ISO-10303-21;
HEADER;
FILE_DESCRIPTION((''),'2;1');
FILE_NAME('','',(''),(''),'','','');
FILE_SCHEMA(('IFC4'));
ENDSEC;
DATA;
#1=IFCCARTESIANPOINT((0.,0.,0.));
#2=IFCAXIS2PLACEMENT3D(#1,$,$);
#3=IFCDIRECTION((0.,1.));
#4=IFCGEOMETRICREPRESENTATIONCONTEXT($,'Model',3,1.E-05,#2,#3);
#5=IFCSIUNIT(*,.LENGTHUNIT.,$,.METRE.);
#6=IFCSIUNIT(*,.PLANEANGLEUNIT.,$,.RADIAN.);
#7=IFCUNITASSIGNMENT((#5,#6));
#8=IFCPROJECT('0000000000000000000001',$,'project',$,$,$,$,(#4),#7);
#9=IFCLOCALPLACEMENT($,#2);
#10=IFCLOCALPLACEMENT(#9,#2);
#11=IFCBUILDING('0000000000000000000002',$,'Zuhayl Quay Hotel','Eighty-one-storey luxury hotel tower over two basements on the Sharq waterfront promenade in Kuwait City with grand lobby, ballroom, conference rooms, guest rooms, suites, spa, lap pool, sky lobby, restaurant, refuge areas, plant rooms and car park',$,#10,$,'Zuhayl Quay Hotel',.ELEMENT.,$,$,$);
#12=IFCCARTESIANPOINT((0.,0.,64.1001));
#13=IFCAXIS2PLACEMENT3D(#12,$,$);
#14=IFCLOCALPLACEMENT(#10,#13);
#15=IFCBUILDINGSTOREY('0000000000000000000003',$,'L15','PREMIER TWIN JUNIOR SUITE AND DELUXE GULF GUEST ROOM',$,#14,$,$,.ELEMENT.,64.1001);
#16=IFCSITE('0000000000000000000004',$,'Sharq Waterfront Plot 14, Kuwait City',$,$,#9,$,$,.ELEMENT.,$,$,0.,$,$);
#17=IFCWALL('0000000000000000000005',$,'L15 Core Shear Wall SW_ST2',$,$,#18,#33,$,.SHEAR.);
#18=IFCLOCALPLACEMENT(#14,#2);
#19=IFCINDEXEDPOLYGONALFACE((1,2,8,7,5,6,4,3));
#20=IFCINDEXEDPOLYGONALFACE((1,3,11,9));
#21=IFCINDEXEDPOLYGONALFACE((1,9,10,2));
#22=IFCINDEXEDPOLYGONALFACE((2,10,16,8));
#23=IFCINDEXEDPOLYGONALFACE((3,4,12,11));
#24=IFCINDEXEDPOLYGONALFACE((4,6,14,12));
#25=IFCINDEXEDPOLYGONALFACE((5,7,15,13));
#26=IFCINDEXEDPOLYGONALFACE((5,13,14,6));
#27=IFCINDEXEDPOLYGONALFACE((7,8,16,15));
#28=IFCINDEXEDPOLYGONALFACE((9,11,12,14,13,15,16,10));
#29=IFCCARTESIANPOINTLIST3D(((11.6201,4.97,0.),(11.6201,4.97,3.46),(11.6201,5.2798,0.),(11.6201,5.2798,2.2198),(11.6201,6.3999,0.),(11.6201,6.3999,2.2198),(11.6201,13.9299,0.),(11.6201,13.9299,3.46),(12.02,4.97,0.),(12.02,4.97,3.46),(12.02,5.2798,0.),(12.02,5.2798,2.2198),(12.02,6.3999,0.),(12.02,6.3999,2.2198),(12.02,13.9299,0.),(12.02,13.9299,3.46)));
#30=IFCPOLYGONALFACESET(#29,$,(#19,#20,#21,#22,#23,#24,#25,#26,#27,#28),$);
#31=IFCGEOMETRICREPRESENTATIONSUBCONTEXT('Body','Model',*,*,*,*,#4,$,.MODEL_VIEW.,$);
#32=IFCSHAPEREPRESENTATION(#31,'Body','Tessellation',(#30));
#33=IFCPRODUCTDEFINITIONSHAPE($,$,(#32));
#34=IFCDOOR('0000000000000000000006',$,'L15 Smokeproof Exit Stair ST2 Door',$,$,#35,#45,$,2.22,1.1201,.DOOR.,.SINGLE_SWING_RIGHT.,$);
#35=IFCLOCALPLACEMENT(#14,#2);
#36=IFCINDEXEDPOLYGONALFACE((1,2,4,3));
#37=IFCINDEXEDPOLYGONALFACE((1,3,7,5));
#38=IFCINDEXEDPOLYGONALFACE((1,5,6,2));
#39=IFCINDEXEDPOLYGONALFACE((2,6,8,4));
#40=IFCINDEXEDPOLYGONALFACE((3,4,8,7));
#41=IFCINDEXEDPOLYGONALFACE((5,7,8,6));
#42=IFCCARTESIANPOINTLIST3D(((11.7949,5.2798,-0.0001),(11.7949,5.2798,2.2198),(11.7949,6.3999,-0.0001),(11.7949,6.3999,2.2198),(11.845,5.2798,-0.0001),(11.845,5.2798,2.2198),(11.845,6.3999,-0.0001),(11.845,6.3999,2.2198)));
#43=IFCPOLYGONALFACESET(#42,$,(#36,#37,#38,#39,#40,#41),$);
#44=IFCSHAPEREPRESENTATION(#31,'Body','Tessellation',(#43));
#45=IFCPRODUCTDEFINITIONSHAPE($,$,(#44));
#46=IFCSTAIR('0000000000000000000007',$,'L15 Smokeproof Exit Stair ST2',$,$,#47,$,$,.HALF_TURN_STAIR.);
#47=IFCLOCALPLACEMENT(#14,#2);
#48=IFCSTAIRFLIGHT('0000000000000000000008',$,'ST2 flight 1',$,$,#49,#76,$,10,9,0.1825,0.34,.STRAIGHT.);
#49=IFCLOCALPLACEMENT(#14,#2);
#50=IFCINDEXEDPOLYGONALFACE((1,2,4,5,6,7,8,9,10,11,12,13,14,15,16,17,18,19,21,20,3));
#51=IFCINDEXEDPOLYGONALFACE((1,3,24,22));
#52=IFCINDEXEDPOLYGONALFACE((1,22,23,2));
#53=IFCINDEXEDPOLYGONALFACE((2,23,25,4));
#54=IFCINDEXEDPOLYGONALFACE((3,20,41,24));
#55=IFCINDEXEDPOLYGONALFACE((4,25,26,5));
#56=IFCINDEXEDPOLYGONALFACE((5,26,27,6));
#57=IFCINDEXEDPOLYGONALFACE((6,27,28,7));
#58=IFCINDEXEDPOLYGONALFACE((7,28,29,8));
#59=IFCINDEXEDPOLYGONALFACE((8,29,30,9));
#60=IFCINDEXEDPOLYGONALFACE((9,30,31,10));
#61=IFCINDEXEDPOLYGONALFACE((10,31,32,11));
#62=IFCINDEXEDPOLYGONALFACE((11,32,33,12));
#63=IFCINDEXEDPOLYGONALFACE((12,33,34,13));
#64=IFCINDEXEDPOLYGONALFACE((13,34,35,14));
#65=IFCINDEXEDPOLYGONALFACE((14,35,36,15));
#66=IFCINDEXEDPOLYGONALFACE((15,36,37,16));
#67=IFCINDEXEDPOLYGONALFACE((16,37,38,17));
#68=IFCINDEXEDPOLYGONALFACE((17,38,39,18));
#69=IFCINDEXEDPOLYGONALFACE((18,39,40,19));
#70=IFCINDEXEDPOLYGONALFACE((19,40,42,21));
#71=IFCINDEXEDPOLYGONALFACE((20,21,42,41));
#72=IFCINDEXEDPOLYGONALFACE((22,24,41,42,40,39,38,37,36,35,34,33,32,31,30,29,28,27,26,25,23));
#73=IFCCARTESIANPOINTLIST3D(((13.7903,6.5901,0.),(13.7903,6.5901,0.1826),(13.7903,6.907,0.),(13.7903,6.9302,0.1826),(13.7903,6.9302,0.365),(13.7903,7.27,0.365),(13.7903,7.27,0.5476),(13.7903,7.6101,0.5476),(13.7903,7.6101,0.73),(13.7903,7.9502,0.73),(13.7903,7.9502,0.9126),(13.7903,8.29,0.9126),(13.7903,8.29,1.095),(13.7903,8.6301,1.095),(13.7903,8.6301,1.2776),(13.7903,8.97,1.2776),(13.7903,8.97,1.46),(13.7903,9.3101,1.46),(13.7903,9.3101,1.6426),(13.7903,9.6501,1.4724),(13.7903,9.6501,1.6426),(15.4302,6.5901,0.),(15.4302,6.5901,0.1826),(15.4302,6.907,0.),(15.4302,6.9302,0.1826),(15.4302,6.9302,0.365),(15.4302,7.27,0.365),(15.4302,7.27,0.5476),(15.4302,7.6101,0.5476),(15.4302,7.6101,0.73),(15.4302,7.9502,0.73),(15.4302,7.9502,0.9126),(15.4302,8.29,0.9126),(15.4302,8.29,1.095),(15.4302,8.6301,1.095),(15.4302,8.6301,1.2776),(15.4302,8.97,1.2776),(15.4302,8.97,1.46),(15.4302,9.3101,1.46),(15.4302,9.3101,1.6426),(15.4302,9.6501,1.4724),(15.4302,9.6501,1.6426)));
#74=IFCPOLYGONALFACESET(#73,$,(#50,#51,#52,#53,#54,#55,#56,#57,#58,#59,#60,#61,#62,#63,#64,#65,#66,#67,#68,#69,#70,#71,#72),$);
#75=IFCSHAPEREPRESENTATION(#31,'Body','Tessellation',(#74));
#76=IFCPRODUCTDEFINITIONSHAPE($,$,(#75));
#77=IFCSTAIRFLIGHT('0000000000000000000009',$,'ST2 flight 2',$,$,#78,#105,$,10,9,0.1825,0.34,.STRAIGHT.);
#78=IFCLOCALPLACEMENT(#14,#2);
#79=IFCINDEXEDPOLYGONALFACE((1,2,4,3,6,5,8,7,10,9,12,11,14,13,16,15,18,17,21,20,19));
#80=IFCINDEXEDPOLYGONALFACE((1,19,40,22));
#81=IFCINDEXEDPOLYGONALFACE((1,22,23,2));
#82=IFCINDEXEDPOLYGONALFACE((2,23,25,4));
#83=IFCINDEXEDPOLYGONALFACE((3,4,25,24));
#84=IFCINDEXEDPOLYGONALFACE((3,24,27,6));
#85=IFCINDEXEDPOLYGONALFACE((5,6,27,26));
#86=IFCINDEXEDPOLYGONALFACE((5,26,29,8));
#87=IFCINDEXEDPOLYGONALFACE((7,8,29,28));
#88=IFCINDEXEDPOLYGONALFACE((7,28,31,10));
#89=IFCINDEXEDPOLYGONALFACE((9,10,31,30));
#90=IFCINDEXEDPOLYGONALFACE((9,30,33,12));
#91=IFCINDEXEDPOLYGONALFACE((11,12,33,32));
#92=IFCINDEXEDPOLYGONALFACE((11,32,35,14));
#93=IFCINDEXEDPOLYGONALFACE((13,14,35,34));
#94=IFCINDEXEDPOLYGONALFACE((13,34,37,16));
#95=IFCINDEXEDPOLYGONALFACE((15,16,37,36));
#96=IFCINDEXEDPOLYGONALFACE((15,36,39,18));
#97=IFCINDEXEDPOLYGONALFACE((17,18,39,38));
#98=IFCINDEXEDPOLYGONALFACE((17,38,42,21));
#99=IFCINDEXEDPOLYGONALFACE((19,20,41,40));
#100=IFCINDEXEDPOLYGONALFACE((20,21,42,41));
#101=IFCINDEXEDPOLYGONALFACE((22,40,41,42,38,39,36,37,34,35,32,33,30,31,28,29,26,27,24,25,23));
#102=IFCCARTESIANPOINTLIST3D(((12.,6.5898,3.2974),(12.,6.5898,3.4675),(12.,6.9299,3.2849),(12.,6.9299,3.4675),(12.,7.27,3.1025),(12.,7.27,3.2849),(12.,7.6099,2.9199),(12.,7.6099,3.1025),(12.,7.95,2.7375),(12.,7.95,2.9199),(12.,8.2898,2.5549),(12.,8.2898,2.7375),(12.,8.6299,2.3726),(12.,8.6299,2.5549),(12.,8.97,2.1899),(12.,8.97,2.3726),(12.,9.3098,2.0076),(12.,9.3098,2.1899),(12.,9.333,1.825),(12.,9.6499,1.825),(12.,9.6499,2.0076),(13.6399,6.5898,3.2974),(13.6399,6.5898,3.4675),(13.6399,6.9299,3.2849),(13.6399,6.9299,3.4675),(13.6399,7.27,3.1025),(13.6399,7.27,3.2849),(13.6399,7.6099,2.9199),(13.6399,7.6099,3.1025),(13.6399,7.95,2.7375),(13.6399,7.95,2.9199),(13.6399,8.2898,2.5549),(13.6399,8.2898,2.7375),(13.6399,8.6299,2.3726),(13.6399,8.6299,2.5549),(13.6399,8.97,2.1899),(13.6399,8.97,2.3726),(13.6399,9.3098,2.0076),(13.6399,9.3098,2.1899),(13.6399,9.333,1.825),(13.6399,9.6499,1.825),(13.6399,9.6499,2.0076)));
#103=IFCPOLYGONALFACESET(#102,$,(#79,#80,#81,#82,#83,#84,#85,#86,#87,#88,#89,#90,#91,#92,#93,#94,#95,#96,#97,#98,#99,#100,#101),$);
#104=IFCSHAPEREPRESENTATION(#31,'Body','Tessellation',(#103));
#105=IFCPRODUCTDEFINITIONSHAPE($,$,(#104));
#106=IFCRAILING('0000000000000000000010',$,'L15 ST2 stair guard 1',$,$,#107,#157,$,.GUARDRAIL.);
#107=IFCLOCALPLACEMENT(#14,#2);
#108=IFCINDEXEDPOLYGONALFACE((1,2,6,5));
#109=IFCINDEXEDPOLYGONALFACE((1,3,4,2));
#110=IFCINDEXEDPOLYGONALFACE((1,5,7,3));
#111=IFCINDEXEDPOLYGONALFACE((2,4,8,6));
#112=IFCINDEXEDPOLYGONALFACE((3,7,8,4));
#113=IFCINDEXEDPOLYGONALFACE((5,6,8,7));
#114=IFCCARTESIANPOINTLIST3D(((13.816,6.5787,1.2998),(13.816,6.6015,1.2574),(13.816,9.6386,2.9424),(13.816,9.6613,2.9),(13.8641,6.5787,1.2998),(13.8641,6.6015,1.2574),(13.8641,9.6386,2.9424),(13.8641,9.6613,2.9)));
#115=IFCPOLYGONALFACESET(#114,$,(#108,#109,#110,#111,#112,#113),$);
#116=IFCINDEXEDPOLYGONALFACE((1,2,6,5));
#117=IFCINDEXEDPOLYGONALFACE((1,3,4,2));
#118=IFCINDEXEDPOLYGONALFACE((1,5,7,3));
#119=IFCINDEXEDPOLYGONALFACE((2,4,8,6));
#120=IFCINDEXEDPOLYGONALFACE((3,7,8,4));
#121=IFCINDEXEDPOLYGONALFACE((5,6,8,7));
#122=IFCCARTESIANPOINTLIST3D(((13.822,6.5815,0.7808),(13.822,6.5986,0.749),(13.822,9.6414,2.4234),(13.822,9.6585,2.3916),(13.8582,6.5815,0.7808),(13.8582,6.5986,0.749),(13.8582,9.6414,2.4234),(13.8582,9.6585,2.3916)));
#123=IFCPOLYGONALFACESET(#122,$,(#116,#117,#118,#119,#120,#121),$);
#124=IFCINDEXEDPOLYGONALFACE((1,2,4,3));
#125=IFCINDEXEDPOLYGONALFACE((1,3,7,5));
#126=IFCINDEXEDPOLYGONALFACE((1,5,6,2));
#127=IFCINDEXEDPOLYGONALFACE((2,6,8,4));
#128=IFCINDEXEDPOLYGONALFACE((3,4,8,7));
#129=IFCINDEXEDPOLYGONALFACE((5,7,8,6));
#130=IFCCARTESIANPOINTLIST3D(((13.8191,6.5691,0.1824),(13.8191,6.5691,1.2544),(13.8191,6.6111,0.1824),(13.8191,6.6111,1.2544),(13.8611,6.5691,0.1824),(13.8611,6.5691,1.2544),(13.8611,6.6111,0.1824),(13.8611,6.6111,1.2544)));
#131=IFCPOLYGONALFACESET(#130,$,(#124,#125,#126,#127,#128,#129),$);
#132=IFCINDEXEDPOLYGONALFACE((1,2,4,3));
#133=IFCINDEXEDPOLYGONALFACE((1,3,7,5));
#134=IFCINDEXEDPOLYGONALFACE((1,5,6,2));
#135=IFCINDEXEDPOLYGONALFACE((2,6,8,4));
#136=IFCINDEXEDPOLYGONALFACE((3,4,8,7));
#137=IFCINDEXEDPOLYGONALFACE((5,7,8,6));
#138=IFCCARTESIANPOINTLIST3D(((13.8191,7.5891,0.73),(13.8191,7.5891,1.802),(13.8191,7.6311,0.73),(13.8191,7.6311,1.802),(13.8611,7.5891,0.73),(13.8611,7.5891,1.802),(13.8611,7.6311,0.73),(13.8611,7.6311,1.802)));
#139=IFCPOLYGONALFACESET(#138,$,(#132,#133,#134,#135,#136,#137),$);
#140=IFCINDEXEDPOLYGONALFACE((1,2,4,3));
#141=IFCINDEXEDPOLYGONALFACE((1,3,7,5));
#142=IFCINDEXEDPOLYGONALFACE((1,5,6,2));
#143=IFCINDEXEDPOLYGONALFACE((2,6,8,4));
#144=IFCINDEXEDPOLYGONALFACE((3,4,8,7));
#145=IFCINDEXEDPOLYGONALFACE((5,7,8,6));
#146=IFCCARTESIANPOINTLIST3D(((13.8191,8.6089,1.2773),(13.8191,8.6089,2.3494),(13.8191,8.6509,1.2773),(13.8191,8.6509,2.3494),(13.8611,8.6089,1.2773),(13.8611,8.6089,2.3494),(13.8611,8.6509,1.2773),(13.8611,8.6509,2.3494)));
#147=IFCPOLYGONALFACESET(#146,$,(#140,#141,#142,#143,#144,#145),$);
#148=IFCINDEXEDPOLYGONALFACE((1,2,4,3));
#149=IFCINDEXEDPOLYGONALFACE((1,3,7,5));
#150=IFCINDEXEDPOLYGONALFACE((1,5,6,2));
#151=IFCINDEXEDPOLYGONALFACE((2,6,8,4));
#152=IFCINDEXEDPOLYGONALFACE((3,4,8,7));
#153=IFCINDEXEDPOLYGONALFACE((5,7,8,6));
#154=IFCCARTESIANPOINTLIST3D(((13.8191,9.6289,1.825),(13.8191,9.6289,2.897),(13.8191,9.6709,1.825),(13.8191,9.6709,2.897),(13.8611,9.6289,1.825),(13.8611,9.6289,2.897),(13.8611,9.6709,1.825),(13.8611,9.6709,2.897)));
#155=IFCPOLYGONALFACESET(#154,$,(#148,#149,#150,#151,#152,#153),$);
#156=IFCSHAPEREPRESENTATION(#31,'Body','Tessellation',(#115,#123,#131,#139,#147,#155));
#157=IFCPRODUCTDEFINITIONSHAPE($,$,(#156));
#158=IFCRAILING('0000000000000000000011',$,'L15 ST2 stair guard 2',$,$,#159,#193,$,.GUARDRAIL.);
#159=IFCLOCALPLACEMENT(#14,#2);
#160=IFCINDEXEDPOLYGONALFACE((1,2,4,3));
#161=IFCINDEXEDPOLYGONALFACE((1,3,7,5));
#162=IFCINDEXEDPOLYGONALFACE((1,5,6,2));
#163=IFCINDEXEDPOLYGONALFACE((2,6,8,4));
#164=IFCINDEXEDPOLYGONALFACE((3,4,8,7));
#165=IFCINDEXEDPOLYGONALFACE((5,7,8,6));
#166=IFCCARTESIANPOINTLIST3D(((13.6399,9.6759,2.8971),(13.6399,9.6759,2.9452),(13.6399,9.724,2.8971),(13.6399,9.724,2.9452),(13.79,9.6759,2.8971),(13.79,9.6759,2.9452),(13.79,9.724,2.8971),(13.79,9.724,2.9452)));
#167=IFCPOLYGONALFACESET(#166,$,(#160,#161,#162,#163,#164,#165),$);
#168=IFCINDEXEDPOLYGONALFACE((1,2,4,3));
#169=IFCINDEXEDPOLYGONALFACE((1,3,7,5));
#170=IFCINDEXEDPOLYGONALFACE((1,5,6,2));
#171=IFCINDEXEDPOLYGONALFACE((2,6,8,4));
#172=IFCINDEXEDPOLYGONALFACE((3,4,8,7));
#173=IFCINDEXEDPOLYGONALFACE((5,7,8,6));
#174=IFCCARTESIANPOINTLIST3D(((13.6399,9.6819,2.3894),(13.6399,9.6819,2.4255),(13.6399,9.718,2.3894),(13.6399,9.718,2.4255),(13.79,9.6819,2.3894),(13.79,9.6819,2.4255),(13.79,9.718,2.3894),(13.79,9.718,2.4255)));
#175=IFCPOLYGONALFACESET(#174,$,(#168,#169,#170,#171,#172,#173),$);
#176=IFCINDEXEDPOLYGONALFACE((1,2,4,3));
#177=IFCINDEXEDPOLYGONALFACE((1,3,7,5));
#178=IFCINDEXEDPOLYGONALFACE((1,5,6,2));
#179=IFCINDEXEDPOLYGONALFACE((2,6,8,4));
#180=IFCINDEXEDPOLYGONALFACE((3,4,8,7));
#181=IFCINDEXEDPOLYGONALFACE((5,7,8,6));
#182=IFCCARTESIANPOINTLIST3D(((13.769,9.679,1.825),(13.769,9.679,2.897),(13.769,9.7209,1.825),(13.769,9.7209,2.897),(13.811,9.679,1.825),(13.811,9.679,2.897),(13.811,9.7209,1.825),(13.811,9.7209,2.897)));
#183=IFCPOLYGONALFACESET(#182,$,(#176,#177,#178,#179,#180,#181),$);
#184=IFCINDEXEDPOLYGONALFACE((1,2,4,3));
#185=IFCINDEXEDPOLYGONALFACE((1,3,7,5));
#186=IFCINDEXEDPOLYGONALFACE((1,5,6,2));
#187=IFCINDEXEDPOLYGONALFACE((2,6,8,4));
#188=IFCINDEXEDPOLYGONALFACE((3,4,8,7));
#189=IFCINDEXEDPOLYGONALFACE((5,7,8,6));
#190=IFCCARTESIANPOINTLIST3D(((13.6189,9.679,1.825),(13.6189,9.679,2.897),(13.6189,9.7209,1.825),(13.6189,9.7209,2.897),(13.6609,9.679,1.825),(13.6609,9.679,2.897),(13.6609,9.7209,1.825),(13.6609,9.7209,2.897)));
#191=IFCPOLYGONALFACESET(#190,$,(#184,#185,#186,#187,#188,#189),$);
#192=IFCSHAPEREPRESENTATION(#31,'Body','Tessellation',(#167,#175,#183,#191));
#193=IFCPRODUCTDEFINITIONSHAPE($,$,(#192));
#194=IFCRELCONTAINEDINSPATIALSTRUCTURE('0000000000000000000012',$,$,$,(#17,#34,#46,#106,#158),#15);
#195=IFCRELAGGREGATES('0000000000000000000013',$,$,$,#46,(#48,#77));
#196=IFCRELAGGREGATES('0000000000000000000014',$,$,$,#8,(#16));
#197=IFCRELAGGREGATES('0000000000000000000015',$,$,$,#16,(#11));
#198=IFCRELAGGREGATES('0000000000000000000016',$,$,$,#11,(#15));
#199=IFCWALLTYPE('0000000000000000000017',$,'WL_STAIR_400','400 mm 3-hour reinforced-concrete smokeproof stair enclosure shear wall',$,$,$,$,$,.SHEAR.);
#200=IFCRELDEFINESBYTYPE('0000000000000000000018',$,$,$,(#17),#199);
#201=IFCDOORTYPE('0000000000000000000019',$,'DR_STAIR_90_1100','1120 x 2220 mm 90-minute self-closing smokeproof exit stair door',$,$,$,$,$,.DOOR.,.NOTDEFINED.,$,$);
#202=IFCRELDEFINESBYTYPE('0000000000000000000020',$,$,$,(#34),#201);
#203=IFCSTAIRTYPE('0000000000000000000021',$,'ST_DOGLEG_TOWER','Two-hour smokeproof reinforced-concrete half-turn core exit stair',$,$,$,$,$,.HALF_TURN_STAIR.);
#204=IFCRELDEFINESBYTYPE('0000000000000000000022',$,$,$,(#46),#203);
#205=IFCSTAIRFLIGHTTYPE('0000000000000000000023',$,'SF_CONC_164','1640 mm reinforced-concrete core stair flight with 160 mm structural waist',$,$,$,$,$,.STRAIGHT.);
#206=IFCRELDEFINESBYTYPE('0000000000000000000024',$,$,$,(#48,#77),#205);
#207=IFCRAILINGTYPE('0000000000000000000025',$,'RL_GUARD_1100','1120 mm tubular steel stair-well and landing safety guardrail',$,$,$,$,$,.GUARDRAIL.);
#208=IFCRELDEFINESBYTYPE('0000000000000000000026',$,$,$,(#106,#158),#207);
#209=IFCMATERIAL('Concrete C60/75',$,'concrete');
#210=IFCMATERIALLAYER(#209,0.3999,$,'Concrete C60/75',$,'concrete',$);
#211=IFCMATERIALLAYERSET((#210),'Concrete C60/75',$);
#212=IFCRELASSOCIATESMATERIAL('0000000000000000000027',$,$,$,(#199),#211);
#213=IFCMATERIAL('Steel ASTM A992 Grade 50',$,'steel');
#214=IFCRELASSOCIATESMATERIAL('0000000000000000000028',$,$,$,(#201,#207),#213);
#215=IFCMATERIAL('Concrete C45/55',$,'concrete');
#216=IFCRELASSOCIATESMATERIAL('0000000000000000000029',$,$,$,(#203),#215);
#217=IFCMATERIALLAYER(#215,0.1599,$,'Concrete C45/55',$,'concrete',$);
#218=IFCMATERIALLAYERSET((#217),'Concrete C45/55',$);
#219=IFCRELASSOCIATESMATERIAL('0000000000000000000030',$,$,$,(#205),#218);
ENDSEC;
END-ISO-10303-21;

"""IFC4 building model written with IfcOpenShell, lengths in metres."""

from ifc_helpers import new_model, si_unit, direction, frame, frame_2d, origin, origin_2d, place, context, subcontext, project, spatial, polyline, rectangle, outline, extrude, material, layer, layer_set, type_object, element, fill, aggregate, save


model = new_model("IFC4")

# Units and contexts
model_context = context("Model", 3, precision=1e-05, world=origin(), true_north=direction((0.0, 1.0)))
body_context = subcontext(model_context, "Body", "Model", "MODEL_VIEW")
ifc_project = project(units=[si_unit("LENGTHUNIT", "METRE"), si_unit("PLANEANGLEUNIT", "RADIAN")], contexts=[model_context])

# Site, building, storey
site_placement = place(None, origin())
site = spatial("IfcSite", under=ifc_project, at=site_placement, Name="Sharq Waterfront Plot 14, Kuwait City", CompositionType="ELEMENT", RefElevation=0.0)
building_placement = place(site_placement, origin())
building = spatial("IfcBuilding", under=site, at=building_placement, Name="Zuhayl Quay Hotel", Description="Eighty-one-storey luxury hotel tower over two basements on the Sharq waterfront promenade in Kuwait City with grand lobby, ballroom, conference rooms, guest rooms, suites, spa, lap pool, sky lobby, restaurant, refuge areas, plant rooms and car park", LongName="Zuhayl Quay Hotel", CompositionType="ELEMENT")
storey_placement = place(building_placement, frame((0.0, 0.0, 64.1001)))
storey = spatial("IfcBuildingStorey", under=building, at=storey_placement, Name="L15", Description="PREMIER TWIN JUNIOR SUITE AND DELUXE GULF GUEST ROOM", CompositionType="ELEMENT", Elevation=64.1001)

# Shared definitions
ifc_material_1 = material(Name="Steel ASTM A992 Grade 50", Category="steel")

# Wall, opening, door
ifc_material_2 = material(Name="Concrete C60/75", Category="concrete")
ifc_layer_1 = layer(ifc_material_2, 0.3999, Name="Concrete C60/75", Category="concrete")
ifc_layer_set_1 = layer_set([ifc_layer_1], Name="Concrete C60/75")
wall_type_1 = type_object("IfcWallType", Name="WL_STAIR_400", Description="400 mm 3-hour reinforced-concrete smokeproof stair enclosure shear wall", PredefinedType="SHEAR", material=ifc_layer_set_1)
wall_1_placement = place(storey_placement, frame((11.8201, 13.9299, 0.0), z_axis=(0.0, 0.0, 1.0), x_axis=(0.0, -1.0, 0.0)))
wall_1 = element("IfcWall", 1, at=wall_1_placement, inside=storey, type_object=wall_type_1, Name="L15 Core Shear Wall SW_ST2", PredefinedType="SHEAR", context=body_context, shape_type="SweptSolid", body=[
    extrude(rectangle(XDim=8.96, YDim=0.3999, at=frame_2d((4.48, 0.0))), origin(), (0.0, 0.0, 1.0), 3.46),
])
opening_1_placement = place(wall_1_placement, frame((7.53, 0.0, 0.0)))
opening_1 = element("IfcOpeningElement", 2, at=opening_1_placement, cuts=wall_1, PredefinedType="OPENING", context=body_context, shape_type="SweptSolid", body=[
    extrude(rectangle(XDim=1.1201, YDim=2.22, at=frame_2d((0.5601, 1.1099))), frame((0.0, 0.21, 0.0), z_axis=(0.0, -1.0, 0.0), x_axis=(1.0, 0.0, 0.0)), (0.0, 0.0, 1.0), 0.4199),
])
door_type_1 = type_object("IfcDoorType", Name="DR_STAIR_90_1100", Description="1120 x 2220 mm 90-minute self-closing smokeproof exit stair door", OperationType="NOTDEFINED", PredefinedType="DOOR", material=ifc_material_1)
door_1_placement = place(opening_1_placement, origin())
door_1 = element("IfcDoor", 3, at=door_1_placement, inside=storey, type_object=door_type_1, Name="L15 Smokeproof Exit Stair ST2 Door", OperationType="SINGLE_SWING_RIGHT", OverallHeight=2.22, OverallWidth=1.1201, PredefinedType="DOOR", context=body_context, shape_type="SweptSolid", body=[
    extrude(rectangle(XDim=1.1201, YDim=2.22, at=frame_2d((0.5601, 1.1099))), frame((0.0, 0.0249, 0.0), z_axis=(0.0, -1.0, 0.0), x_axis=(1.0, 0.0, 0.0)), (0.0, 0.0, 1.0), 0.05),
])
fill(opening_1, door_1)

# Stair, stair flights
ifc_material_3 = material(Name="Concrete C45/55", Category="concrete")
stair_type = type_object("IfcStairType", Name="ST_DOGLEG_TOWER", Description="Two-hour smokeproof reinforced-concrete half-turn core exit stair", PredefinedType="HALF_TURN_STAIR", material=ifc_material_3)
stair_placement = place(storey_placement, origin())
stair = element("IfcStair", 4, at=stair_placement, inside=storey, type_object=stair_type, Name="L15 Smokeproof Exit Stair ST2", PredefinedType="HALF_TURN_STAIR")
ifc_layer_2 = layer(ifc_material_3, 0.1599, Name="Concrete C45/55", Category="concrete")
ifc_layer_set_2 = layer_set([ifc_layer_2], Name="Concrete C45/55")
stair_flight_type = type_object("IfcStairFlightType", Name="SF_CONC_164", Description="1640 mm reinforced-concrete core stair flight with 160 mm structural waist", PredefinedType="STRAIGHT", material=ifc_layer_set_2)
stair_flight_1_placement = place(storey_placement, frame((14.6101, 6.5901, 0.0), z_axis=(0.0, 0.0, 1.0), x_axis=(0.0, 1.0, 0.0)))
stair_flight_1 = element("IfcStairFlight", 5, at=stair_flight_1_placement, type_object=stair_flight_type, Name="ST2 flight 1", NumberOfRisers=10, NumberOfTreads=9, PredefinedType="STRAIGHT", RiserHeight=0.1825, TreadLength=0.34, context=body_context, shape_type="SweptSolid", body=[
    extrude(outline(polyline([(0.0, 0.0), (0.0, 0.1826), (0.3401, 0.1826), (0.3401, 0.365), (0.6799, 0.365), (0.6799, 0.5476), (1.02, 0.5476), (1.02, 0.73), (1.3601, 0.73), (1.3601, 0.9126), (1.7, 0.9126), (1.7, 1.095), (2.04, 1.095), (2.04, 1.2776), (2.3799, 1.2776), (2.3799, 1.46), (2.72, 1.46), (2.72, 1.6426), (3.0601, 1.6426), (3.0601, 1.825), (3.0601, 1.4724), (0.3169, 0.0), (0.0, 0.0)])), frame((0.0, 0.8198, 0.0), z_axis=(0.0, -1.0, 0.0), x_axis=(1.0, 0.0, 0.0)), (0.0, 0.0, 1.0), 1.6399),
])
stair_flight_2_placement = place(storey_placement, frame((12.8201, 9.6499, 1.825), z_axis=(0.0, 0.0, 1.0), x_axis=(0.0, -1.0, 0.0)))
stair_flight_2 = element("IfcStairFlight", 6, at=stair_flight_2_placement, type_object=stair_flight_type, Name="ST2 flight 2", NumberOfRisers=10, NumberOfTreads=9, PredefinedType="STRAIGHT", RiserHeight=0.1825, TreadLength=0.34, context=body_context, shape_type="SweptSolid", body=[
    extrude(outline(polyline([(0.0, 0.0), (0.0, 0.1826), (0.3401, 0.1826), (0.3401, 0.365), (0.6799, 0.365), (0.6799, 0.5476), (1.02, 0.5476), (1.02, 0.73), (1.3601, 0.73), (1.3601, 0.9126), (1.7, 0.9126), (1.7, 1.095), (2.04, 1.095), (2.04, 1.2776), (2.3799, 1.2776), (2.3799, 1.46), (2.72, 1.46), (2.72, 1.6426), (3.0601, 1.6426), (3.0601, 1.825), (3.0601, 1.4724), (0.3169, 0.0), (0.0, 0.0)])), frame((0.0, 0.8198, 0.0), z_axis=(0.0, -1.0, 0.0), x_axis=(1.0, 0.0, 0.0)), (0.0, 0.0, 1.0), 1.6399),
])
aggregate(stair, [stair_flight_1, stair_flight_2])

# Railings
railing_type_1 = type_object("IfcRailingType", Name="RL_GUARD_1100", Description="1120 mm tubular steel stair-well and landing safety guardrail", PredefinedType="GUARDRAIL", material=ifc_material_1)
railing_1_placement = place(storey_placement, frame((13.8401, 6.5901, 0.1824)))
element("IfcRailing", 7, at=railing_1_placement, inside=storey, type_object=railing_type_1, Name="L15 ST2 stair guard 1", PredefinedType="GUARDRAIL", context=body_context, shape_type="SweptSolid", body=[
    extrude(rectangle(XDim=0.0481, YDim=0.0481, at=origin_2d()), frame((0.0, 0.0, 1.0962), z_axis=(0.0, 0.881073, 0.47298), x_axis=(-1.0, 0.0, 0.0)), (0.0, 0.0, 1.0), 3.4729),
    extrude(rectangle(XDim=0.0361, YDim=0.0361, at=origin_2d()), frame((0.0, 0.0, 0.5825), z_axis=(0.0, 0.881073, 0.47298), x_axis=(-1.0, 0.0, 0.0)), (0.0, 0.0, 1.0), 3.4729),
    extrude(rectangle(XDim=0.042, YDim=0.042, at=origin_2d()), origin(), (0.0, 0.0, 1.0), 1.072),
    extrude(rectangle(XDim=0.042, YDim=0.042, at=origin_2d()), frame((0.0, 1.02, 0.5476)), (0.0, 0.0, 1.0), 1.072),
    extrude(rectangle(XDim=0.042, YDim=0.042, at=origin_2d()), frame((0.0, 2.0398, 1.095)), (0.0, 0.0, 1.0), 1.072),
    extrude(rectangle(XDim=0.042, YDim=0.042, at=origin_2d()), frame((0.0, 3.0598, 1.6426)), (0.0, 0.0, 1.0), 1.072),
])
railing_2_placement = place(storey_placement, frame((13.79, 9.7, 1.825)))
element("IfcRailing", 8, at=railing_2_placement, inside=storey, type_object=railing_type_1, Name="L15 ST2 stair guard 2", PredefinedType="GUARDRAIL", context=body_context, shape_type="SweptSolid", body=[
    extrude(rectangle(XDim=0.0481, YDim=0.0481, at=origin_2d()), frame((0.0, 0.0, 1.0962), z_axis=(-1.0, 0.0, 0.0), x_axis=(0.0, -1.0, 0.0)), (0.0, 0.0, 1.0), 0.1501),
    extrude(rectangle(XDim=0.0361, YDim=0.0361, at=origin_2d()), frame((0.0, 0.0, 0.5825), z_axis=(-1.0, 0.0, 0.0), x_axis=(0.0, -1.0, 0.0)), (0.0, 0.0, 1.0), 0.1501),
    extrude(rectangle(XDim=0.042, YDim=0.042, at=origin_2d()), origin(), (0.0, 0.0, 1.0), 1.072),
    extrude(rectangle(XDim=0.042, YDim=0.042, at=origin_2d()), frame((-0.1501, 0.0, 0.0)), (0.0, 0.0, 1.0), 1.072),
])

save(model, "model.ifc")
